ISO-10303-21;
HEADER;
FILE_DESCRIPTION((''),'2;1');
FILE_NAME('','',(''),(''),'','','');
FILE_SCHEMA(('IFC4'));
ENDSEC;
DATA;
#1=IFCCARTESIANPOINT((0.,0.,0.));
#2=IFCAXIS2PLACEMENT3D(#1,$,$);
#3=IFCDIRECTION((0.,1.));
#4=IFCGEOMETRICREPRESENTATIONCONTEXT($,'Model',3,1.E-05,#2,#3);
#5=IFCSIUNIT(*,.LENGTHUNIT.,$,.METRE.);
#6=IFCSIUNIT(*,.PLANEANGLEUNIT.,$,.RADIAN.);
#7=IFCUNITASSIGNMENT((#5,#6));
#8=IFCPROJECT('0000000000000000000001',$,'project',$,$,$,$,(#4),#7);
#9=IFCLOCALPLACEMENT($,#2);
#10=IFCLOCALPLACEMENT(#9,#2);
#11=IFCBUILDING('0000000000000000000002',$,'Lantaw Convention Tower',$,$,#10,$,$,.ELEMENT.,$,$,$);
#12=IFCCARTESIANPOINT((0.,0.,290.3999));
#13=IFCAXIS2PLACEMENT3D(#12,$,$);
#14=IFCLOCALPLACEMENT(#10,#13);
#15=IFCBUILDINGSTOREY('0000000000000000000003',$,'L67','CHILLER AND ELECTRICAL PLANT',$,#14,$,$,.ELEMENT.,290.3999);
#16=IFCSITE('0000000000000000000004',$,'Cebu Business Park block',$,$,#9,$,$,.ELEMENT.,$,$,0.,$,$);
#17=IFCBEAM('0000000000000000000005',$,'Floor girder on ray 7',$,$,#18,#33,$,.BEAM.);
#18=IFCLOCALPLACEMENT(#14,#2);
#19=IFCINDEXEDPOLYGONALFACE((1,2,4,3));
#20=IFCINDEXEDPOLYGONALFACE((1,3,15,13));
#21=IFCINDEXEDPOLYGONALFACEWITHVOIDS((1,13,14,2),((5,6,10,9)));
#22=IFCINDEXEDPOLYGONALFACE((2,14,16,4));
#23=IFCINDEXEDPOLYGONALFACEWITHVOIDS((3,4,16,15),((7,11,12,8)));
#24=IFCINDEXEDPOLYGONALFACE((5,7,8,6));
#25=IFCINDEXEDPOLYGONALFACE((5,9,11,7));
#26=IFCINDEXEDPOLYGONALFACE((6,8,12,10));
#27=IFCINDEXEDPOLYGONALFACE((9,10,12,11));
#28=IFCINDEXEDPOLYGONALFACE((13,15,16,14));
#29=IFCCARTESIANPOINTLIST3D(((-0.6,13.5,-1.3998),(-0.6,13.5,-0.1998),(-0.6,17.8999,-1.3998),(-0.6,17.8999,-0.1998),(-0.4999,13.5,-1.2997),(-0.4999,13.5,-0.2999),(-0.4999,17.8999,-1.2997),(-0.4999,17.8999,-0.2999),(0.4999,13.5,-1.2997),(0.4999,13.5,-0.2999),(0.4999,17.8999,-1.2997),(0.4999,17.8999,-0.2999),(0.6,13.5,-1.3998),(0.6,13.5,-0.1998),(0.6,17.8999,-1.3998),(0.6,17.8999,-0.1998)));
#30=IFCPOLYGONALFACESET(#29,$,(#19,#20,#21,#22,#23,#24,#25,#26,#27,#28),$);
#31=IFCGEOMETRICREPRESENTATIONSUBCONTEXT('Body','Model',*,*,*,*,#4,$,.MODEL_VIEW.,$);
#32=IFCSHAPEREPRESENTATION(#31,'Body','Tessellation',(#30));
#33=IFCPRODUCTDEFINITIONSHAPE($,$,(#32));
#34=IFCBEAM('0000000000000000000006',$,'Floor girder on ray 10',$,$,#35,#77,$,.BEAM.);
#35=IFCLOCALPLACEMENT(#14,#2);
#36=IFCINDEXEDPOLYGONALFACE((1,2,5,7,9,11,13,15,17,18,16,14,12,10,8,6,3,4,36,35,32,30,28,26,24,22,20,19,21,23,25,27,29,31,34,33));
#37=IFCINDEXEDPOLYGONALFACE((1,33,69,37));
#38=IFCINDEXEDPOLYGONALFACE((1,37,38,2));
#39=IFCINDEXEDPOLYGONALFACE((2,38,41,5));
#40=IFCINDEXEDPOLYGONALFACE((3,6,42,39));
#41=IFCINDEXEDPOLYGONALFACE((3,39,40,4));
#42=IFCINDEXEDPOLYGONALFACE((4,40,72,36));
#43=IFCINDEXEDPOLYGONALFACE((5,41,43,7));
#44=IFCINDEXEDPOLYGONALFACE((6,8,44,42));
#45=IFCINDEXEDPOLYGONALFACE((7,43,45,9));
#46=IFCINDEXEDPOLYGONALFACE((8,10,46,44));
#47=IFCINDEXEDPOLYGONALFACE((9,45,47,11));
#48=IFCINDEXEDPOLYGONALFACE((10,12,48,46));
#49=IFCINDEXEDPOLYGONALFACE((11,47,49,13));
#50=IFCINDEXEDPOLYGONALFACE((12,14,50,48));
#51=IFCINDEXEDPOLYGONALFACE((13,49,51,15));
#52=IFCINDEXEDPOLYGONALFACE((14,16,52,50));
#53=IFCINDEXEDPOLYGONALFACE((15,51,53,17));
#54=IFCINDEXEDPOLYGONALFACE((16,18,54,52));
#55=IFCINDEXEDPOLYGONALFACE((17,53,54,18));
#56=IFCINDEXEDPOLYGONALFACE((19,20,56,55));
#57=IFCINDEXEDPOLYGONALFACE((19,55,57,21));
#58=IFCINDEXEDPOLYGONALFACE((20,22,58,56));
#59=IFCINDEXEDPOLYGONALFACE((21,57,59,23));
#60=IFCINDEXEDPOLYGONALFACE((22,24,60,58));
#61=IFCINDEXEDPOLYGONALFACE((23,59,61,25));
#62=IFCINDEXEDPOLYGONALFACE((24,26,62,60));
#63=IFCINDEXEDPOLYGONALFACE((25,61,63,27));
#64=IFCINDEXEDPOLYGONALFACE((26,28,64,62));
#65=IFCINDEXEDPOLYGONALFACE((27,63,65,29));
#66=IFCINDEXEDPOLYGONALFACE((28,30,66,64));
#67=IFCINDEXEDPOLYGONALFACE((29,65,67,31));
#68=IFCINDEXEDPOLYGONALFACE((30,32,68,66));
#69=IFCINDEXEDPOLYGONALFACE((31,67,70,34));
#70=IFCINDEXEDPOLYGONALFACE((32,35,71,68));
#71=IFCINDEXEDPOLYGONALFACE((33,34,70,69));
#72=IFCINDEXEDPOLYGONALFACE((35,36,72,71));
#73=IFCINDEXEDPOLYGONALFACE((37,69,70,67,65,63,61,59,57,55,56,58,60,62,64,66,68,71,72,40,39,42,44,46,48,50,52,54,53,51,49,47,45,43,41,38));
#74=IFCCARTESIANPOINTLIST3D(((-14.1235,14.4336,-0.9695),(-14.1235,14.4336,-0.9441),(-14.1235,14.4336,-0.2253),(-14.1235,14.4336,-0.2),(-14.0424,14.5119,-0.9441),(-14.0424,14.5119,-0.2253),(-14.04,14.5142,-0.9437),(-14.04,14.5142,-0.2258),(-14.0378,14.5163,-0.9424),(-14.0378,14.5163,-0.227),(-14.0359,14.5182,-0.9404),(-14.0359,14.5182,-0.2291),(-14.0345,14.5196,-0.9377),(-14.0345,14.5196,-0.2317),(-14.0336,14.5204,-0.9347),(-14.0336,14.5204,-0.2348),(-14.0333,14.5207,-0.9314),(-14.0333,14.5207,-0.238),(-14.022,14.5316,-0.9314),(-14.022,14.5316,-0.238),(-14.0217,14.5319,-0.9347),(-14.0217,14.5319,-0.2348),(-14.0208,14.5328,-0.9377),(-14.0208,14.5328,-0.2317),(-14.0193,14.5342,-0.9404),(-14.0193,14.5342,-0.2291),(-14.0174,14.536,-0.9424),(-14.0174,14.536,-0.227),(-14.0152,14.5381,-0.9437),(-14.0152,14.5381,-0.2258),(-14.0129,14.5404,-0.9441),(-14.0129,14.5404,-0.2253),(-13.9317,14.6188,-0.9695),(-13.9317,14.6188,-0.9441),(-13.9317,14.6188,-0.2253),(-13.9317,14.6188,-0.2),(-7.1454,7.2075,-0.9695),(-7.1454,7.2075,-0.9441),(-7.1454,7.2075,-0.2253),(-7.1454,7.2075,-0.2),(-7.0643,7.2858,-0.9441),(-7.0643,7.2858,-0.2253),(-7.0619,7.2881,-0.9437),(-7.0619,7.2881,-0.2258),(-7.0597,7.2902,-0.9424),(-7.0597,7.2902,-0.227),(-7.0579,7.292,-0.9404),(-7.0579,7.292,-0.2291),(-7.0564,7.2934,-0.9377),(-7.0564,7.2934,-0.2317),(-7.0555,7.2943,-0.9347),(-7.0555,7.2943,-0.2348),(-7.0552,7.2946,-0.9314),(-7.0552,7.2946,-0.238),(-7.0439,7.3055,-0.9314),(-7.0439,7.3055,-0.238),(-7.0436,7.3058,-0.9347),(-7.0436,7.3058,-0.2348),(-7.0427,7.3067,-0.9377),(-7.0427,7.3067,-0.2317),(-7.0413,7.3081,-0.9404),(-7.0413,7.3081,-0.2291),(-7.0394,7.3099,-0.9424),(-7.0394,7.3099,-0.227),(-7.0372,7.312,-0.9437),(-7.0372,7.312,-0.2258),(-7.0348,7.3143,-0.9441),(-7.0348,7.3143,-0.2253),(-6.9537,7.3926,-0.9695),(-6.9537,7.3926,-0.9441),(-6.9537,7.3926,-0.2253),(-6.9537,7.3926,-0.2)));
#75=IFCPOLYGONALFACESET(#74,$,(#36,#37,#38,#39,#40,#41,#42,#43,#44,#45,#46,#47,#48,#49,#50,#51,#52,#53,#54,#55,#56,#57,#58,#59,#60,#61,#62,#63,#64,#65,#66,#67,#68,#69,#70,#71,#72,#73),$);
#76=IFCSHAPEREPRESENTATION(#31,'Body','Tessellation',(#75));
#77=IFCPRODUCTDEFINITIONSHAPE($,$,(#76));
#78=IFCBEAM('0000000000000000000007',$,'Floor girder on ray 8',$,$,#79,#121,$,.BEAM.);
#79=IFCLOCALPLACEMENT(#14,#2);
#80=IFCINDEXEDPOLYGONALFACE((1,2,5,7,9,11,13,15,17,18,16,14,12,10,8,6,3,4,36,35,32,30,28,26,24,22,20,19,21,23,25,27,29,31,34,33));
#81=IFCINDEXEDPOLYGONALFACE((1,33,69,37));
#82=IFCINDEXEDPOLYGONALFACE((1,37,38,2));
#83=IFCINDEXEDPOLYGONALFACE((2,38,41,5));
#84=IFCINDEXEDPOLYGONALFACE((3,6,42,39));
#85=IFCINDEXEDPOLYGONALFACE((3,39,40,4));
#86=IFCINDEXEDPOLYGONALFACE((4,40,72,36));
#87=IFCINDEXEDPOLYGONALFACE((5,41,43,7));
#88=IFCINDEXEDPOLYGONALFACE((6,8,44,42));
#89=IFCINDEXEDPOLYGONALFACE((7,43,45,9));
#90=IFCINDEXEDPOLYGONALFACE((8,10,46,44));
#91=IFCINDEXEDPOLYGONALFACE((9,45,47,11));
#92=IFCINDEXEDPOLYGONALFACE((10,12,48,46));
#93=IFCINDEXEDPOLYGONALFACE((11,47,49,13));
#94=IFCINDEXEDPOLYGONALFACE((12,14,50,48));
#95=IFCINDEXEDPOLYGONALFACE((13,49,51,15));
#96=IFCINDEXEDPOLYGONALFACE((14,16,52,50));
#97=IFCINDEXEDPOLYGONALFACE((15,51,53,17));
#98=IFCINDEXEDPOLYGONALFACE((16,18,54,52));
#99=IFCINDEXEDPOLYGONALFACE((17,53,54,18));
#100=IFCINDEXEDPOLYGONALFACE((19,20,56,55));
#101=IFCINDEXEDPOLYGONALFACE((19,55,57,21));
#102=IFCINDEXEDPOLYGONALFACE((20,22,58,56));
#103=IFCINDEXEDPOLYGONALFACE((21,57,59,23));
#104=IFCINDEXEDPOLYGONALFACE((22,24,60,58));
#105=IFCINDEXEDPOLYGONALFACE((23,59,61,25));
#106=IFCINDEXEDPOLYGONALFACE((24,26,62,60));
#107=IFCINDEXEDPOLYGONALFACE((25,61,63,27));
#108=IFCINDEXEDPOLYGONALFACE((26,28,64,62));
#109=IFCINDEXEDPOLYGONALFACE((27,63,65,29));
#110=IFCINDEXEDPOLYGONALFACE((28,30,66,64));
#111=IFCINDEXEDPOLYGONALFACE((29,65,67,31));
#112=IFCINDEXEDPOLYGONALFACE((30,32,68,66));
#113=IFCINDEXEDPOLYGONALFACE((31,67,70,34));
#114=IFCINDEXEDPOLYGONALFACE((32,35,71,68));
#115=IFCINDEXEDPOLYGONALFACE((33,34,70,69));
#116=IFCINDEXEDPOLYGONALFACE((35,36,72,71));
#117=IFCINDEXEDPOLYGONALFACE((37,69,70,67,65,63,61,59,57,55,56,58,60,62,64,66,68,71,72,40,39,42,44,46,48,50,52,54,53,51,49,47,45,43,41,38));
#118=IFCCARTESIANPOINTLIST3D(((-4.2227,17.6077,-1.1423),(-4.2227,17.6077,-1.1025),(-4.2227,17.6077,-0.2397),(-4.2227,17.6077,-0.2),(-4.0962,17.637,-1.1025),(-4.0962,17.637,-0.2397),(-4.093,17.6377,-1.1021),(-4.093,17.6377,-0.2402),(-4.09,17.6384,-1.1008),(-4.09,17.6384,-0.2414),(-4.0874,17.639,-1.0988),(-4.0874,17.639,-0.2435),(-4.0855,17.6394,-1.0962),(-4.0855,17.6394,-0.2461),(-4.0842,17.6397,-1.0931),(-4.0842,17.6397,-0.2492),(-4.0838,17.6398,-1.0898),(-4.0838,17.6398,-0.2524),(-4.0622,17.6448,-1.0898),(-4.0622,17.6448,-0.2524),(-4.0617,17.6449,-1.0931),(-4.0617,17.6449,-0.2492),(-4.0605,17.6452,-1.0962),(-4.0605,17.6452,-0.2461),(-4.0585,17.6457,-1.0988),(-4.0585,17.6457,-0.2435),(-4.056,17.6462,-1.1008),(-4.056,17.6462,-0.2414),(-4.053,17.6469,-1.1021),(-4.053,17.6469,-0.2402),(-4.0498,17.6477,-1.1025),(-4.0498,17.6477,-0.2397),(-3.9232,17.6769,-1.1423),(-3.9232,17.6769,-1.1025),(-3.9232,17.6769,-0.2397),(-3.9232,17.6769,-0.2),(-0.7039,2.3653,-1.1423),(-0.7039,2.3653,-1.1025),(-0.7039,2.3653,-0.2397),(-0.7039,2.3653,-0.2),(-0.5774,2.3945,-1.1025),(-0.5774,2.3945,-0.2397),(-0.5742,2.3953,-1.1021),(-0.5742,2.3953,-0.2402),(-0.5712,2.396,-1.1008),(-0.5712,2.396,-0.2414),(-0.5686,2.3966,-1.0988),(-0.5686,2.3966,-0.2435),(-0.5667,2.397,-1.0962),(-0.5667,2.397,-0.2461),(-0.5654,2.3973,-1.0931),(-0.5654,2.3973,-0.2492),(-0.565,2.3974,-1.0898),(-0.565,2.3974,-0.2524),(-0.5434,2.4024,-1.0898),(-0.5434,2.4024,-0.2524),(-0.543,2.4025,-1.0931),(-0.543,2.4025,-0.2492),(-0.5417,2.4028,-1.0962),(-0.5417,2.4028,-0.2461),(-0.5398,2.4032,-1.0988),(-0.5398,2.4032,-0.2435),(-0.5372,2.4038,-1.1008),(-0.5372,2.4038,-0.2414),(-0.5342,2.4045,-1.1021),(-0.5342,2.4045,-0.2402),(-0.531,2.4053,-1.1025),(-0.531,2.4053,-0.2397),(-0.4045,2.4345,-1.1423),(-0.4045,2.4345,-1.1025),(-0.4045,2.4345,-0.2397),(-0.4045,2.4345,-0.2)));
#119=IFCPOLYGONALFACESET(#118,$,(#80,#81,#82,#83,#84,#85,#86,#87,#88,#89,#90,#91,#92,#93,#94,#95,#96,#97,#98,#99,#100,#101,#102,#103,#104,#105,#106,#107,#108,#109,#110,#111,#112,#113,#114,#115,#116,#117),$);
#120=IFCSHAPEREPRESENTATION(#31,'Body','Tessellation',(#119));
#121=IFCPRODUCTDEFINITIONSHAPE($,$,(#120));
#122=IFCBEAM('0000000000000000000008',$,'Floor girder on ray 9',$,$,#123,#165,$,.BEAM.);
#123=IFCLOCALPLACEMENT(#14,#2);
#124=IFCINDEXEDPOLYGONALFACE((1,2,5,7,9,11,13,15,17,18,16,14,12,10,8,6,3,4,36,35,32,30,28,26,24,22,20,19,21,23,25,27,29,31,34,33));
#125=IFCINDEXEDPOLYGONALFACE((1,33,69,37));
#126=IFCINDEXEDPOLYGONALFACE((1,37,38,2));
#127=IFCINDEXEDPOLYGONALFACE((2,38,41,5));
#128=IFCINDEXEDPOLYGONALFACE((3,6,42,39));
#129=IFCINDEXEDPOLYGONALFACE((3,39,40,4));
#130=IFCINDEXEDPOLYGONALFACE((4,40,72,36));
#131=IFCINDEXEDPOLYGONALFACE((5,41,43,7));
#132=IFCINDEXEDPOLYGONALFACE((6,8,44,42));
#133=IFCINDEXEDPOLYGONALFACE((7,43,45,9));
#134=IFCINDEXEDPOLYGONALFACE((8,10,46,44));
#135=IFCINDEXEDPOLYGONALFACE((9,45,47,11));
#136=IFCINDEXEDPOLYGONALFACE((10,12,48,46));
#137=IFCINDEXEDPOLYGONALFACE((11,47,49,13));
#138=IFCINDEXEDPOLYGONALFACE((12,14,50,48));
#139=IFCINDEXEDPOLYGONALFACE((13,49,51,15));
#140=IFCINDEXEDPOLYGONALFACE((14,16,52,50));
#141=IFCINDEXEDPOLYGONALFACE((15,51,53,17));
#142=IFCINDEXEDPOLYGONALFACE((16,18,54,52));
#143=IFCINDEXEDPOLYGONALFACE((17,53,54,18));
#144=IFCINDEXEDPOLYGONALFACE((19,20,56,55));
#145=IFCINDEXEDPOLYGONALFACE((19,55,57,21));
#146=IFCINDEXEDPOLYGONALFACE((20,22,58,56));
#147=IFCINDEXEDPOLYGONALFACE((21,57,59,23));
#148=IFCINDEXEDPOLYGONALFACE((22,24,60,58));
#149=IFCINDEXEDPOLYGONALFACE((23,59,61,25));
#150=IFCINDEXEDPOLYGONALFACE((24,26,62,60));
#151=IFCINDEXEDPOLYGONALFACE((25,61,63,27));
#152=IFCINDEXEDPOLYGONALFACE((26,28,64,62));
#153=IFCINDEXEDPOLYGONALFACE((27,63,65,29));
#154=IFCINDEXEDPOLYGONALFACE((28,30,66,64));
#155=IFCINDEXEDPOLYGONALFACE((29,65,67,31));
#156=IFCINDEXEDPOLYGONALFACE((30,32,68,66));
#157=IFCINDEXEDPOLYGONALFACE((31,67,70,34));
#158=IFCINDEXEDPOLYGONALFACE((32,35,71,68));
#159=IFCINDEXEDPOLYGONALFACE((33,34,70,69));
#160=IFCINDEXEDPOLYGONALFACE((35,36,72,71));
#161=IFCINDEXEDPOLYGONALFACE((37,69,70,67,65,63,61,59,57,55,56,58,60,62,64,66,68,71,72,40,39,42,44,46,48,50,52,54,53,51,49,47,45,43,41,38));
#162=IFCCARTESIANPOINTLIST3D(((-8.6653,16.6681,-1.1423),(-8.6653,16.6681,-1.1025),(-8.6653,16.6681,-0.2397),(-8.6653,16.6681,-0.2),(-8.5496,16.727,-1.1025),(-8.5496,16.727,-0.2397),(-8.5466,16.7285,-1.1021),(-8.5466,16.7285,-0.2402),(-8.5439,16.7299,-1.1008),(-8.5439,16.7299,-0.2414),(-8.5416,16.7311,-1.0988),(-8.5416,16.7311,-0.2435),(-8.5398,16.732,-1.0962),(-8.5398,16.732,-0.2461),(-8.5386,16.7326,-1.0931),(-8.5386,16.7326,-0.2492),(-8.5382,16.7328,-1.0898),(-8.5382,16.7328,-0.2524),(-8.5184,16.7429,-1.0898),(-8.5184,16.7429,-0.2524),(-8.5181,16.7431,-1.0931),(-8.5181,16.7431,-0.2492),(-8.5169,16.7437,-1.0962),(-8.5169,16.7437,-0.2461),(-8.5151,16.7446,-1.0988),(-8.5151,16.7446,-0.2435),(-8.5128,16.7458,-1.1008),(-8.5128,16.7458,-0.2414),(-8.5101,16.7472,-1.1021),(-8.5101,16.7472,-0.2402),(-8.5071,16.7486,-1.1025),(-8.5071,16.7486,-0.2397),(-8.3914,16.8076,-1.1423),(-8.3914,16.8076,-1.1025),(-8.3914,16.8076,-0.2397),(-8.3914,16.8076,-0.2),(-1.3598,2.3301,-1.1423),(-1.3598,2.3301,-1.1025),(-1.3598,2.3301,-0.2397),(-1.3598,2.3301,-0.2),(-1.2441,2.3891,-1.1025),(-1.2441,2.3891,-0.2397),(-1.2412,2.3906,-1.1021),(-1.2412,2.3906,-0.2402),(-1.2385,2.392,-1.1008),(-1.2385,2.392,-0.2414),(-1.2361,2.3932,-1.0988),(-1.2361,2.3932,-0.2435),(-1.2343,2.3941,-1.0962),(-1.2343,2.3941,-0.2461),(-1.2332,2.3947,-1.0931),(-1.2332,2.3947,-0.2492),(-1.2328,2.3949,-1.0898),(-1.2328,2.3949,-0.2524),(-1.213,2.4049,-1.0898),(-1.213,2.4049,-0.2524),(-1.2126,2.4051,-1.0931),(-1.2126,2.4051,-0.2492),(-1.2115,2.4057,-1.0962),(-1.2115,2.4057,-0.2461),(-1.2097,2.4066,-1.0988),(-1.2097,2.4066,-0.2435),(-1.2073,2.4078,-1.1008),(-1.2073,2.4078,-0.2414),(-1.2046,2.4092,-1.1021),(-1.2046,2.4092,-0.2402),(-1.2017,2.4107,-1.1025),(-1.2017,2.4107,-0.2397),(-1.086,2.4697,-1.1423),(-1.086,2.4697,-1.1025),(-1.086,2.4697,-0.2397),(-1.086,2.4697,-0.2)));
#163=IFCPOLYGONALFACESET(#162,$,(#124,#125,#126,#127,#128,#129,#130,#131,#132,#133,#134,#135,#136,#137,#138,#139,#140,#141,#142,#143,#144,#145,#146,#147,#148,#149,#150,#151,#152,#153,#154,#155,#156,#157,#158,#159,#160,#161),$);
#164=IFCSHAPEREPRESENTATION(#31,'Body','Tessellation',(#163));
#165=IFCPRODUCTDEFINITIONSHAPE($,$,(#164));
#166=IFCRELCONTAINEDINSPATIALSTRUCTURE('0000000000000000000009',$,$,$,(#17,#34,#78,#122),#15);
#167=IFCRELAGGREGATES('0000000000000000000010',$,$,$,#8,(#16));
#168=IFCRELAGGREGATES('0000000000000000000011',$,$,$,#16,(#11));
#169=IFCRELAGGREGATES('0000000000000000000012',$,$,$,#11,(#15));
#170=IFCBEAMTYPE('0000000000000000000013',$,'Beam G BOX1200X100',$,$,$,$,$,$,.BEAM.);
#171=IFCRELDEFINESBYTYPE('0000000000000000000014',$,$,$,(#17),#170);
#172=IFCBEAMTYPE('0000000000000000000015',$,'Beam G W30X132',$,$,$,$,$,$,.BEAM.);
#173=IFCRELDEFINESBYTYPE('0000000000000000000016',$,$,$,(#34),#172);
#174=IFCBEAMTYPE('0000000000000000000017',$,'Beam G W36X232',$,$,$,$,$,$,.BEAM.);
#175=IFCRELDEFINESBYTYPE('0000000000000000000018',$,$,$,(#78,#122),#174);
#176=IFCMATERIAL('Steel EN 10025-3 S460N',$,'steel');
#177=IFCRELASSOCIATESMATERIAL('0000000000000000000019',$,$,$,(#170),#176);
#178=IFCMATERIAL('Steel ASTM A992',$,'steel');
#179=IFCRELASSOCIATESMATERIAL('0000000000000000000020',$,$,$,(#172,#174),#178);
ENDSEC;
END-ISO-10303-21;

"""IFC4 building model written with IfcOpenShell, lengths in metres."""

from ifc_helpers import new_model, si_unit, direction, frame, origin, origin_2d, place, context, subcontext, project, spatial, hollow_rectangle, i_section, extrude, material, material_profile, profile_set, type_object, element, save


model = new_model("IFC4")

# Units and contexts
model_context = context("Model", 3, precision=1e-05, world=origin(), true_north=direction((0.0, 1.0)))
body_context = subcontext(model_context, "Body", "Model", "MODEL_VIEW")
ifc_project = project(units=[si_unit("LENGTHUNIT", "METRE"), si_unit("PLANEANGLEUNIT", "RADIAN")], contexts=[model_context])

# Site, building, storey
site_placement = place(None, origin())
site = spatial("IfcSite", under=ifc_project, at=site_placement, Name="Cebu Business Park block", CompositionType="ELEMENT", RefElevation=0.0)
building_placement = place(site_placement, origin())
building = spatial("IfcBuilding", under=site, at=building_placement, Name="Lantaw Convention Tower", CompositionType="ELEMENT")
storey_placement = place(building_placement, frame((0.0, 0.0, 290.3999)))
storey = spatial("IfcBuildingStorey", under=building, at=storey_placement, Name="L67", Description="CHILLER AND ELECTRICAL PLANT", CompositionType="ELEMENT", Elevation=290.3999)

# Beams
ifc_material_1 = material(Name="Steel EN 10025-3 S460N", Category="steel")
ifc_material_profile_1 = material_profile(ifc_material_1, hollow_rectangle(XDim=1.2, YDim=1.2, WallThickness=0.1001, at=origin_2d()), Name="BOX1200X100")
ifc_profile_set_1 = profile_set([ifc_material_profile_1], Name="Steel EN 10025-3 S460N")
beam_type_1 = type_object("IfcBeamType", Name="Beam G BOX1200X100", PredefinedType="BEAM", material=ifc_profile_set_1)
beam_1_placement = place(storey_placement, frame((0.0, 13.5, -0.7998), z_axis=(0.0, 1.0, 0.0), x_axis=(-1.0, 0.0, 0.0)))
element("IfcBeam", 1, at=beam_1_placement, inside=storey, type_object=beam_type_1, Name="Floor girder on ray 7", PredefinedType="BEAM", context=body_context, shape_type="SweptSolid", body=[
    extrude(hollow_rectangle(XDim=1.2, YDim=1.2, WallThickness=0.1001, at=origin_2d()), origin(), (0.0, 0.0, 1.0), 4.3999),
])
ifc_material_2 = material(Name="Steel ASTM A992", Category="steel")
ifc_material_profile_2 = material_profile(ifc_material_2, i_section(OverallWidth=0.2666, OverallDepth=0.7695, WebThickness=0.0156, FlangeThickness=0.0254, FilletRadius=0.0127, at=origin_2d()), Name="W30X132")
ifc_profile_set_2 = profile_set([ifc_material_profile_2], Name="Steel ASTM A992")
beam_type_2 = type_object("IfcBeamType", Name="Beam G W30X132", PredefinedType="BEAM", material=ifc_profile_set_2)
beam_2_placement = place(storey_placement, frame((-7.0496, 7.3, -0.5847), z_axis=(-0.694653, 0.719345, 0.0), x_axis=(-0.719345, -0.694653, 0.0)))
element("IfcBeam", 2, at=beam_2_placement, inside=storey, type_object=beam_type_2, Name="Floor girder on ray 10", PredefinedType="BEAM", context=body_context, shape_type="SweptSolid", body=[
    extrude(i_section(OverallWidth=0.2666, OverallDepth=0.7695, WebThickness=0.0156, FlangeThickness=0.0254, FilletRadius=0.0127, at=origin_2d()), origin(), (0.0, 0.0, 1.0), 10.0454),
])
ifc_material_profile_3 = material_profile(ifc_material_2, i_section(OverallWidth=0.3074, OverallDepth=0.9424, WebThickness=0.0222, FlangeThickness=0.0398, FilletRadius=0.0127, at=origin_2d()), Name="W36X232")
ifc_profile_set_3 = profile_set([ifc_material_profile_3], Name="Steel ASTM A992")
beam_type_3 = type_object("IfcBeamType", Name="Beam G W36X232", PredefinedType="BEAM", material=ifc_profile_set_3)
beam_3_placement = place(storey_placement, frame((-0.5542, 2.3999, -0.6711), z_axis=(-0.224939, 0.974373, 0.0), x_axis=(-0.974373, -0.224939, 0.0)))
element("IfcBeam", 3, at=beam_3_placement, inside=storey, type_object=beam_type_3, Name="Floor girder on ray 8", PredefinedType="BEAM", context=body_context, shape_type="SweptSolid", body=[
    extrude(i_section(OverallWidth=0.3074, OverallDepth=0.9424, WebThickness=0.0222, FlangeThickness=0.0398, FilletRadius=0.0127, at=origin_2d()), origin(), (0.0, 0.0, 1.0), 15.6433),
])
beam_4_placement = place(storey_placement, frame((-1.2229, 2.3999, -0.6711), z_axis=(-0.453986, 0.891009, 0.0), x_axis=(-0.891009, -0.453986, 0.0)))
element("IfcBeam", 4, at=beam_4_placement, inside=storey, type_object=beam_type_3, Name="Floor girder on ray 9", PredefinedType="BEAM", context=body_context, shape_type="SweptSolid", body=[
    extrude(i_section(OverallWidth=0.3074, OverallDepth=0.9424, WebThickness=0.0222, FlangeThickness=0.0398, FilletRadius=0.0127, at=origin_2d()), origin(), (0.0, 0.0, 1.0), 16.0918),
])

save(model, "model.ifc")
